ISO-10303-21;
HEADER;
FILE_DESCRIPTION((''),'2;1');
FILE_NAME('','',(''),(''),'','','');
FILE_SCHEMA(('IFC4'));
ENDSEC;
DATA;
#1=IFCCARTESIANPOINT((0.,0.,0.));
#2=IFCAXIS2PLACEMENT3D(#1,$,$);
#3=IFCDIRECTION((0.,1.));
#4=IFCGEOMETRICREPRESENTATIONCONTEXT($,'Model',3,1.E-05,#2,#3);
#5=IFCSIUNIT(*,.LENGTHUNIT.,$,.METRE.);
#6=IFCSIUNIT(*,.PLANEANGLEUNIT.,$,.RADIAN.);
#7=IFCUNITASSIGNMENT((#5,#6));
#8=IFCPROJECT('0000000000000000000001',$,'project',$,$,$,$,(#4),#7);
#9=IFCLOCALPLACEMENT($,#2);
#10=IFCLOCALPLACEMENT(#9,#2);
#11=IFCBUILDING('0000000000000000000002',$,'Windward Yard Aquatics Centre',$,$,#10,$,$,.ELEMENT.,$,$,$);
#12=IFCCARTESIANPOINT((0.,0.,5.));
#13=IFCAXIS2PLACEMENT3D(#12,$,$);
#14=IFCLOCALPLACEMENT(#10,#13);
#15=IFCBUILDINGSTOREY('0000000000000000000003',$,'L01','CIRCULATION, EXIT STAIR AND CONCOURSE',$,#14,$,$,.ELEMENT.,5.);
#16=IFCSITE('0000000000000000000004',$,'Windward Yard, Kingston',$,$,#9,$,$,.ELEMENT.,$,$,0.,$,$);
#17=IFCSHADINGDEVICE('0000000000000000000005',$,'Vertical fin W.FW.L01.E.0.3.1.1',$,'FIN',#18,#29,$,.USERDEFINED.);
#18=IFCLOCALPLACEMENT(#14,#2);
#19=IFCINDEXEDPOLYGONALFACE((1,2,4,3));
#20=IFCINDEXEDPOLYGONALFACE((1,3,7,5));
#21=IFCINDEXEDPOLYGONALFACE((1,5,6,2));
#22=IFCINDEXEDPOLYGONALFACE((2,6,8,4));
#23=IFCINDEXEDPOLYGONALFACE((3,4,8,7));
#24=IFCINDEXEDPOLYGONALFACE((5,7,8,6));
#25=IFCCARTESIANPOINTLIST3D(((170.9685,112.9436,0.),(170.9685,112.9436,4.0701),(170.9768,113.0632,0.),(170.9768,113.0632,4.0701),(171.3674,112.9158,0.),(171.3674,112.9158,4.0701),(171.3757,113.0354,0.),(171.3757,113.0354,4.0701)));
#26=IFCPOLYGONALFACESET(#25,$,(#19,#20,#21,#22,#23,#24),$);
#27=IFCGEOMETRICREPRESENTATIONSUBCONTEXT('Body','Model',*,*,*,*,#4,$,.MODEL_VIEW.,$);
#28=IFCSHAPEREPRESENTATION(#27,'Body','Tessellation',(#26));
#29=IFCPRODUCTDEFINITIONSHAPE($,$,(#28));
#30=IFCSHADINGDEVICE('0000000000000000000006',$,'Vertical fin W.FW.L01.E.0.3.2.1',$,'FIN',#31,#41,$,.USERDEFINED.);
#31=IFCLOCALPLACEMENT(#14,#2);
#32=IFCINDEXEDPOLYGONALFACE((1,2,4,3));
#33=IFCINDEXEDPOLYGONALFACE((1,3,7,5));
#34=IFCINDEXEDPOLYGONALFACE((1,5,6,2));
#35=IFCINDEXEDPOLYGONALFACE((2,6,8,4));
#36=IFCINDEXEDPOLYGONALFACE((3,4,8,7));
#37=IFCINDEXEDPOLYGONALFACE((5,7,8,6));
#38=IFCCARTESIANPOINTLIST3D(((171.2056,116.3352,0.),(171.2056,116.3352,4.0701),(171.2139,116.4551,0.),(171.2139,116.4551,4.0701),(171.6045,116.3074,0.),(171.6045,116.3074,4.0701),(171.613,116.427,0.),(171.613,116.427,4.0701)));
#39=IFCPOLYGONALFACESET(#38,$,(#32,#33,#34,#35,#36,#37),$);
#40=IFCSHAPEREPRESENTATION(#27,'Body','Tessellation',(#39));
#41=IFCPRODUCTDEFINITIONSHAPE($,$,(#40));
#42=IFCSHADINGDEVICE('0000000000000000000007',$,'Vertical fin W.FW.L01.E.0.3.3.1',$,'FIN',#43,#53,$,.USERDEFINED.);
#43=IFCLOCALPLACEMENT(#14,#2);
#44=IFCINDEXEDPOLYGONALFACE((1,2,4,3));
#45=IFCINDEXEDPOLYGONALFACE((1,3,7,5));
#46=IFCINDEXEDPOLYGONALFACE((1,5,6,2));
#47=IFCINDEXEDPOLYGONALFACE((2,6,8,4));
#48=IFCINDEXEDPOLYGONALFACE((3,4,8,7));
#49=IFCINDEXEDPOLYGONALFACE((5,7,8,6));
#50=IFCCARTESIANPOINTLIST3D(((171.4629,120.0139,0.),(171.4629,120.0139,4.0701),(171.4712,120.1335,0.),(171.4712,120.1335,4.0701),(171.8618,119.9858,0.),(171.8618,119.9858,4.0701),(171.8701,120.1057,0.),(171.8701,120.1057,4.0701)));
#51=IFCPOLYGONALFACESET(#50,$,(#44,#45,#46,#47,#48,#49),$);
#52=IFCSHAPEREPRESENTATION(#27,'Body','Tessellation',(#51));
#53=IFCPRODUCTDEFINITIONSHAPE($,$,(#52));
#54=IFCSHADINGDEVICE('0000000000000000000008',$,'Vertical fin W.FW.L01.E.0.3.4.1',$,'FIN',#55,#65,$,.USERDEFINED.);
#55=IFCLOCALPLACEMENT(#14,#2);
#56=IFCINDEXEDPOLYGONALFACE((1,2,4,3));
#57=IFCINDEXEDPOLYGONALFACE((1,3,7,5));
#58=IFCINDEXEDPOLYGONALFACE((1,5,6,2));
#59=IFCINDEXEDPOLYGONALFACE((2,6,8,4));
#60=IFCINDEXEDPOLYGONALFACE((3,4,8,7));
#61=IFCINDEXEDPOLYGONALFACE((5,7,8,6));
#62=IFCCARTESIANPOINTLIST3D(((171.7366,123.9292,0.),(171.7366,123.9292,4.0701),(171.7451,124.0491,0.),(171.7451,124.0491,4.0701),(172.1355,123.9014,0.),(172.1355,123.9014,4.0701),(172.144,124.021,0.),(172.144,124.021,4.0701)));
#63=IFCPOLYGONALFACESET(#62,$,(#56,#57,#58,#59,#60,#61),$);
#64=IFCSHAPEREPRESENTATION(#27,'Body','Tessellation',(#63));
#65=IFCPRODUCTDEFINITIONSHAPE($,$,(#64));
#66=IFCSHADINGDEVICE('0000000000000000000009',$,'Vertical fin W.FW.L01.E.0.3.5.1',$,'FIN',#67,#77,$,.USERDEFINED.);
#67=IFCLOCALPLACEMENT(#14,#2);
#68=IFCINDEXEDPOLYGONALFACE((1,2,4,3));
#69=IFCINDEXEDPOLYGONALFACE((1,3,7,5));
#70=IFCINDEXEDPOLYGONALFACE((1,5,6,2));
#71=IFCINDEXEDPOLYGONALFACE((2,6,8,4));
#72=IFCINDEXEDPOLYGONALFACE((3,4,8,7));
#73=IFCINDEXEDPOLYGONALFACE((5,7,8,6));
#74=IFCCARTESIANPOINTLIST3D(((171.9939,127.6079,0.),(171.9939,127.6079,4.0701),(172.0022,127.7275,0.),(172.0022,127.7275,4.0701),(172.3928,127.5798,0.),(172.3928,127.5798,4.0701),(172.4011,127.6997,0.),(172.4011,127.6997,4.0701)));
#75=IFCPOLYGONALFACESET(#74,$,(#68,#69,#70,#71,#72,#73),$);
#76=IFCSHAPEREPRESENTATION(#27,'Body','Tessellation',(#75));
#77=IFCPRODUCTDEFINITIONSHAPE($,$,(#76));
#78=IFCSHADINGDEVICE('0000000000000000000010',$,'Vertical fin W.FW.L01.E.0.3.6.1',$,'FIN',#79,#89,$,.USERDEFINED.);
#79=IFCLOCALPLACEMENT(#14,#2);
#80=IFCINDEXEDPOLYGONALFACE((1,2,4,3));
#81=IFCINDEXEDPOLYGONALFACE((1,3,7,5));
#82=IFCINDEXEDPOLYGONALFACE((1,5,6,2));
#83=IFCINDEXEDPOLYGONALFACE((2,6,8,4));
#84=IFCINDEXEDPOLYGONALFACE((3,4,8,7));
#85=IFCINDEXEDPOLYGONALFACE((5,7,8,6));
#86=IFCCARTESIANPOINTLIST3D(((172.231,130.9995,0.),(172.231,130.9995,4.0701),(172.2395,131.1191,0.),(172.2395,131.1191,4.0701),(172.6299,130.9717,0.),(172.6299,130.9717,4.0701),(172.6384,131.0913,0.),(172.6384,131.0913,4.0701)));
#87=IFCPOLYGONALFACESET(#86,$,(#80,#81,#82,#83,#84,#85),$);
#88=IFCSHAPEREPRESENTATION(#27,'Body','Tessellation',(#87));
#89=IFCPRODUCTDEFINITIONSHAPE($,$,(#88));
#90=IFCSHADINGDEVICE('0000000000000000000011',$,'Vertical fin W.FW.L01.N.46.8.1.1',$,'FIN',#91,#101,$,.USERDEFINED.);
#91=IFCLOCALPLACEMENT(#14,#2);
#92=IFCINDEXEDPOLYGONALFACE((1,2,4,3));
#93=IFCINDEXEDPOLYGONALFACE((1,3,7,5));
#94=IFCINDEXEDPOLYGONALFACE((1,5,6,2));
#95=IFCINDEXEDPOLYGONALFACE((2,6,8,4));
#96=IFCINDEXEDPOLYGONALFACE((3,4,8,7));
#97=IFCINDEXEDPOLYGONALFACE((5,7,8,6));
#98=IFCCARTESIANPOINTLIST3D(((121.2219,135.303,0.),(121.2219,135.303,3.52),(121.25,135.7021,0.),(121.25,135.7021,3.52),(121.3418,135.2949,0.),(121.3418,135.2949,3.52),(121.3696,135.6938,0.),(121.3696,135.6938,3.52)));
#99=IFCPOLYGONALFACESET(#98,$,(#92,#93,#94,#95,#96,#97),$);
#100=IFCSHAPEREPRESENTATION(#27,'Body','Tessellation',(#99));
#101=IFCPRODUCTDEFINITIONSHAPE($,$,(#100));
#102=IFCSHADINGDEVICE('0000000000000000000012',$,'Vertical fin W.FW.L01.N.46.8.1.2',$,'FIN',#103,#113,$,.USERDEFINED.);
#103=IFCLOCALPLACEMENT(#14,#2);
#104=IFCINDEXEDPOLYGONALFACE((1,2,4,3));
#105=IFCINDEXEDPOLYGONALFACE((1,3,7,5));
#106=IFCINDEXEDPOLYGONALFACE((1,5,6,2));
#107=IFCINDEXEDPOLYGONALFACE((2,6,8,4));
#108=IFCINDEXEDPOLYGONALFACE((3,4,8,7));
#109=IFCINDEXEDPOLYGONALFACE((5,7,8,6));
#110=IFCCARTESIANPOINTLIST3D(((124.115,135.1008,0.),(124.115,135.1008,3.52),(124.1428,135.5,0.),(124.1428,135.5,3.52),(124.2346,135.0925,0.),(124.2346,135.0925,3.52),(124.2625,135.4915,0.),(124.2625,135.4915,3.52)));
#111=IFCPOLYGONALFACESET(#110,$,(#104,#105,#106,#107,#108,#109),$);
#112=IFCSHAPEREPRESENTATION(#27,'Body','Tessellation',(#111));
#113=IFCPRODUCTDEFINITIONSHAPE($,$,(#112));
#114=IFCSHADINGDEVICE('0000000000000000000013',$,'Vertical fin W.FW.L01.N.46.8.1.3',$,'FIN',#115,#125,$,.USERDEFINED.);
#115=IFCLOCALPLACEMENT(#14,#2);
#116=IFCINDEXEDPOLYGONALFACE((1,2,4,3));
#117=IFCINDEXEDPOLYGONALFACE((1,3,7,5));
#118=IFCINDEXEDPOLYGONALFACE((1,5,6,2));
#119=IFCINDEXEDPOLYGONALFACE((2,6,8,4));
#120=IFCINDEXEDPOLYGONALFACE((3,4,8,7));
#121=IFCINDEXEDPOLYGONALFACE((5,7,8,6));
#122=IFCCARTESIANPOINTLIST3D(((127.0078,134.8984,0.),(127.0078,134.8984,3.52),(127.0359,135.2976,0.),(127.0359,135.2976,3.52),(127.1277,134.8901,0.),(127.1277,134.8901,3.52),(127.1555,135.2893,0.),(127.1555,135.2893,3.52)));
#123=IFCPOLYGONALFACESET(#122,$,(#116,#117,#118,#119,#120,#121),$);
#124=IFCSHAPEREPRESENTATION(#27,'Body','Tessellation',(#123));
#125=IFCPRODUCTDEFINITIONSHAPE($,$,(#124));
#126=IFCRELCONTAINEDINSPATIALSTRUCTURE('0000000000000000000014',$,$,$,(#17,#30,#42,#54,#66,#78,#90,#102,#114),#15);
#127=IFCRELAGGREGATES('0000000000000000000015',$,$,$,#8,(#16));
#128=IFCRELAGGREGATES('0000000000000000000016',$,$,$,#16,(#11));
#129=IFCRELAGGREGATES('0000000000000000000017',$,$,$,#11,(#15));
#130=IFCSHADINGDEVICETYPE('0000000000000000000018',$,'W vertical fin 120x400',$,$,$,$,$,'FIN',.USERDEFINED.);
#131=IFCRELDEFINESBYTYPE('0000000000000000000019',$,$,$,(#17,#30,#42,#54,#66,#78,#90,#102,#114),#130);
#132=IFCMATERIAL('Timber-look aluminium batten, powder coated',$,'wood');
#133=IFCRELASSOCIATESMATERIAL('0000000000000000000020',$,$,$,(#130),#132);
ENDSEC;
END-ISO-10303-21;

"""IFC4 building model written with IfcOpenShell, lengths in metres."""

from ifc_helpers import new_model, si_unit, direction, frame, origin, place, context, subcontext, project, spatial, polyline, outline, extrude, material, type_object, element, save


model = new_model("IFC4")

# Units and contexts
model_context = context("Model", 3, precision=1e-05, world=origin(), true_north=direction((0.0, 1.0)))
body_context = subcontext(model_context, "Body", "Model", "MODEL_VIEW")
ifc_project = project(units=[si_unit("LENGTHUNIT", "METRE"), si_unit("PLANEANGLEUNIT", "RADIAN")], contexts=[model_context])

# Site, building, storey
site_placement = place(None, origin())
site = spatial("IfcSite", under=ifc_project, at=site_placement, Name="Windward Yard, Kingston", CompositionType="ELEMENT", RefElevation=0.0)
building_placement = place(site_placement, origin())
building = spatial("IfcBuilding", under=site, at=building_placement, Name="Windward Yard Aquatics Centre", CompositionType="ELEMENT")
storey_placement = place(building_placement, frame((0.0, 0.0, 5.0)))
storey = spatial("IfcBuildingStorey", under=building, at=storey_placement, Name="L01", Description="CIRCULATION, EXIT STAIR AND CONCOURSE", CompositionType="ELEMENT", Elevation=5.0)

# Shading devices
ifc_material_1 = material(Name="Timber-look aluminium batten, powder coated", Category="wood")
shading_device_type_1 = type_object("IfcShadingDeviceType", Name="W vertical fin 120x400", ElementType="FIN", PredefinedType="USERDEFINED", material=ifc_material_1)
shading_device_1_placement = place(storey_placement, origin())
element("IfcShadingDevice", 1, at=shading_device_1_placement, inside=storey, type_object=shading_device_type_1, Name="Vertical fin W.FW.L01.E.0.3.1.1", ObjectType="FIN", PredefinedType="USERDEFINED", context=body_context, shape_type="SweptSolid", body=[
    extrude(outline(polyline([(170.9685, 112.9436), (170.9768, 113.0632), (171.3757, 113.0354), (171.3674, 112.9158), (170.9685, 112.9436)])), origin(), (0.0, 0.0, 1.0), 4.0701),
])
shading_device_2_placement = place(storey_placement, origin())
element("IfcShadingDevice", 2, at=shading_device_2_placement, inside=storey, type_object=shading_device_type_1, Name="Vertical fin W.FW.L01.E.0.3.2.1", ObjectType="FIN", PredefinedType="USERDEFINED", context=body_context, shape_type="SweptSolid", body=[
    extrude(outline(polyline([(171.2056, 116.3352), (171.2139, 116.4551), (171.613, 116.427), (171.6045, 116.3074), (171.2056, 116.3352)])), origin(), (0.0, 0.0, 1.0), 4.0701),
])
shading_device_3_placement = place(storey_placement, origin())
element("IfcShadingDevice", 3, at=shading_device_3_placement, inside=storey, type_object=shading_device_type_1, Name="Vertical fin W.FW.L01.E.0.3.3.1", ObjectType="FIN", PredefinedType="USERDEFINED", context=body_context, shape_type="SweptSolid", body=[
    extrude(outline(polyline([(171.4629, 120.0139), (171.4712, 120.1335), (171.8701, 120.1057), (171.8618, 119.9858), (171.4629, 120.0139)])), origin(), (0.0, 0.0, 1.0), 4.0701),
])
shading_device_4_placement = place(storey_placement, origin())
element("IfcShadingDevice", 4, at=shading_device_4_placement, inside=storey, type_object=shading_device_type_1, Name="Vertical fin W.FW.L01.E.0.3.4.1", ObjectType="FIN", PredefinedType="USERDEFINED", context=body_context, shape_type="SweptSolid", body=[
    extrude(outline(polyline([(171.7366, 123.9292), (171.7451, 124.0491), (172.144, 124.021), (172.1355, 123.9014), (171.7366, 123.9292)])), origin(), (0.0, 0.0, 1.0), 4.0701),
])
shading_device_5_placement = place(storey_placement, origin())
element("IfcShadingDevice", 5, at=shading_device_5_placement, inside=storey, type_object=shading_device_type_1, Name="Vertical fin W.FW.L01.E.0.3.5.1", ObjectType="FIN", PredefinedType="USERDEFINED", context=body_context, shape_type="SweptSolid", body=[
    extrude(outline(polyline([(171.9939, 127.6079), (172.0022, 127.7275), (172.4011, 127.6997), (172.3928, 127.5798), (171.9939, 127.6079)])), origin(), (0.0, 0.0, 1.0), 4.0701),
])
shading_device_6_placement = place(storey_placement, origin())
element("IfcShadingDevice", 6, at=shading_device_6_placement, inside=storey, type_object=shading_device_type_1, Name="Vertical fin W.FW.L01.E.0.3.6.1", ObjectType="FIN", PredefinedType="USERDEFINED", context=body_context, shape_type="SweptSolid", body=[
    extrude(outline(polyline([(172.231, 130.9995), (172.2395, 131.1191), (172.6384, 131.0913), (172.6299, 130.9717), (172.231, 130.9995)])), origin(), (0.0, 0.0, 1.0), 4.0701),
])
shading_device_7_placement = place(storey_placement, origin())
element("IfcShadingDevice", 7, at=shading_device_7_placement, inside=storey, type_object=shading_device_type_1, Name="Vertical fin W.FW.L01.N.46.8.1.1", ObjectType="FIN", PredefinedType="USERDEFINED", context=body_context, shape_type="SweptSolid", body=[
    extrude(outline(polyline([(121.2219, 135.303), (121.3418, 135.2949), (121.3696, 135.6938), (121.25, 135.7021), (121.2219, 135.303)])), origin(), (0.0, 0.0, 1.0), 3.52),
])
shading_device_8_placement = place(storey_placement, origin())
element("IfcShadingDevice", 8, at=shading_device_8_placement, inside=storey, type_object=shading_device_type_1, Name="Vertical fin W.FW.L01.N.46.8.1.2", ObjectType="FIN", PredefinedType="USERDEFINED", context=body_context, shape_type="SweptSolid", body=[
    extrude(outline(polyline([(124.115, 135.1008), (124.2346, 135.0925), (124.2625, 135.4915), (124.1428, 135.5), (124.115, 135.1008)])), origin(), (0.0, 0.0, 1.0), 3.52),
])
shading_device_9_placement = place(storey_placement, origin())
element("IfcShadingDevice", 9, at=shading_device_9_placement, inside=storey, type_object=shading_device_type_1, Name="Vertical fin W.FW.L01.N.46.8.1.3", ObjectType="FIN", PredefinedType="USERDEFINED", context=body_context, shape_type="SweptSolid", body=[
    extrude(outline(polyline([(127.0078, 134.8984), (127.1277, 134.8901), (127.1555, 135.2893), (127.0359, 135.2976), (127.0078, 134.8984)])), origin(), (0.0, 0.0, 1.0), 3.52),
])

save(model, "model.ifc")
